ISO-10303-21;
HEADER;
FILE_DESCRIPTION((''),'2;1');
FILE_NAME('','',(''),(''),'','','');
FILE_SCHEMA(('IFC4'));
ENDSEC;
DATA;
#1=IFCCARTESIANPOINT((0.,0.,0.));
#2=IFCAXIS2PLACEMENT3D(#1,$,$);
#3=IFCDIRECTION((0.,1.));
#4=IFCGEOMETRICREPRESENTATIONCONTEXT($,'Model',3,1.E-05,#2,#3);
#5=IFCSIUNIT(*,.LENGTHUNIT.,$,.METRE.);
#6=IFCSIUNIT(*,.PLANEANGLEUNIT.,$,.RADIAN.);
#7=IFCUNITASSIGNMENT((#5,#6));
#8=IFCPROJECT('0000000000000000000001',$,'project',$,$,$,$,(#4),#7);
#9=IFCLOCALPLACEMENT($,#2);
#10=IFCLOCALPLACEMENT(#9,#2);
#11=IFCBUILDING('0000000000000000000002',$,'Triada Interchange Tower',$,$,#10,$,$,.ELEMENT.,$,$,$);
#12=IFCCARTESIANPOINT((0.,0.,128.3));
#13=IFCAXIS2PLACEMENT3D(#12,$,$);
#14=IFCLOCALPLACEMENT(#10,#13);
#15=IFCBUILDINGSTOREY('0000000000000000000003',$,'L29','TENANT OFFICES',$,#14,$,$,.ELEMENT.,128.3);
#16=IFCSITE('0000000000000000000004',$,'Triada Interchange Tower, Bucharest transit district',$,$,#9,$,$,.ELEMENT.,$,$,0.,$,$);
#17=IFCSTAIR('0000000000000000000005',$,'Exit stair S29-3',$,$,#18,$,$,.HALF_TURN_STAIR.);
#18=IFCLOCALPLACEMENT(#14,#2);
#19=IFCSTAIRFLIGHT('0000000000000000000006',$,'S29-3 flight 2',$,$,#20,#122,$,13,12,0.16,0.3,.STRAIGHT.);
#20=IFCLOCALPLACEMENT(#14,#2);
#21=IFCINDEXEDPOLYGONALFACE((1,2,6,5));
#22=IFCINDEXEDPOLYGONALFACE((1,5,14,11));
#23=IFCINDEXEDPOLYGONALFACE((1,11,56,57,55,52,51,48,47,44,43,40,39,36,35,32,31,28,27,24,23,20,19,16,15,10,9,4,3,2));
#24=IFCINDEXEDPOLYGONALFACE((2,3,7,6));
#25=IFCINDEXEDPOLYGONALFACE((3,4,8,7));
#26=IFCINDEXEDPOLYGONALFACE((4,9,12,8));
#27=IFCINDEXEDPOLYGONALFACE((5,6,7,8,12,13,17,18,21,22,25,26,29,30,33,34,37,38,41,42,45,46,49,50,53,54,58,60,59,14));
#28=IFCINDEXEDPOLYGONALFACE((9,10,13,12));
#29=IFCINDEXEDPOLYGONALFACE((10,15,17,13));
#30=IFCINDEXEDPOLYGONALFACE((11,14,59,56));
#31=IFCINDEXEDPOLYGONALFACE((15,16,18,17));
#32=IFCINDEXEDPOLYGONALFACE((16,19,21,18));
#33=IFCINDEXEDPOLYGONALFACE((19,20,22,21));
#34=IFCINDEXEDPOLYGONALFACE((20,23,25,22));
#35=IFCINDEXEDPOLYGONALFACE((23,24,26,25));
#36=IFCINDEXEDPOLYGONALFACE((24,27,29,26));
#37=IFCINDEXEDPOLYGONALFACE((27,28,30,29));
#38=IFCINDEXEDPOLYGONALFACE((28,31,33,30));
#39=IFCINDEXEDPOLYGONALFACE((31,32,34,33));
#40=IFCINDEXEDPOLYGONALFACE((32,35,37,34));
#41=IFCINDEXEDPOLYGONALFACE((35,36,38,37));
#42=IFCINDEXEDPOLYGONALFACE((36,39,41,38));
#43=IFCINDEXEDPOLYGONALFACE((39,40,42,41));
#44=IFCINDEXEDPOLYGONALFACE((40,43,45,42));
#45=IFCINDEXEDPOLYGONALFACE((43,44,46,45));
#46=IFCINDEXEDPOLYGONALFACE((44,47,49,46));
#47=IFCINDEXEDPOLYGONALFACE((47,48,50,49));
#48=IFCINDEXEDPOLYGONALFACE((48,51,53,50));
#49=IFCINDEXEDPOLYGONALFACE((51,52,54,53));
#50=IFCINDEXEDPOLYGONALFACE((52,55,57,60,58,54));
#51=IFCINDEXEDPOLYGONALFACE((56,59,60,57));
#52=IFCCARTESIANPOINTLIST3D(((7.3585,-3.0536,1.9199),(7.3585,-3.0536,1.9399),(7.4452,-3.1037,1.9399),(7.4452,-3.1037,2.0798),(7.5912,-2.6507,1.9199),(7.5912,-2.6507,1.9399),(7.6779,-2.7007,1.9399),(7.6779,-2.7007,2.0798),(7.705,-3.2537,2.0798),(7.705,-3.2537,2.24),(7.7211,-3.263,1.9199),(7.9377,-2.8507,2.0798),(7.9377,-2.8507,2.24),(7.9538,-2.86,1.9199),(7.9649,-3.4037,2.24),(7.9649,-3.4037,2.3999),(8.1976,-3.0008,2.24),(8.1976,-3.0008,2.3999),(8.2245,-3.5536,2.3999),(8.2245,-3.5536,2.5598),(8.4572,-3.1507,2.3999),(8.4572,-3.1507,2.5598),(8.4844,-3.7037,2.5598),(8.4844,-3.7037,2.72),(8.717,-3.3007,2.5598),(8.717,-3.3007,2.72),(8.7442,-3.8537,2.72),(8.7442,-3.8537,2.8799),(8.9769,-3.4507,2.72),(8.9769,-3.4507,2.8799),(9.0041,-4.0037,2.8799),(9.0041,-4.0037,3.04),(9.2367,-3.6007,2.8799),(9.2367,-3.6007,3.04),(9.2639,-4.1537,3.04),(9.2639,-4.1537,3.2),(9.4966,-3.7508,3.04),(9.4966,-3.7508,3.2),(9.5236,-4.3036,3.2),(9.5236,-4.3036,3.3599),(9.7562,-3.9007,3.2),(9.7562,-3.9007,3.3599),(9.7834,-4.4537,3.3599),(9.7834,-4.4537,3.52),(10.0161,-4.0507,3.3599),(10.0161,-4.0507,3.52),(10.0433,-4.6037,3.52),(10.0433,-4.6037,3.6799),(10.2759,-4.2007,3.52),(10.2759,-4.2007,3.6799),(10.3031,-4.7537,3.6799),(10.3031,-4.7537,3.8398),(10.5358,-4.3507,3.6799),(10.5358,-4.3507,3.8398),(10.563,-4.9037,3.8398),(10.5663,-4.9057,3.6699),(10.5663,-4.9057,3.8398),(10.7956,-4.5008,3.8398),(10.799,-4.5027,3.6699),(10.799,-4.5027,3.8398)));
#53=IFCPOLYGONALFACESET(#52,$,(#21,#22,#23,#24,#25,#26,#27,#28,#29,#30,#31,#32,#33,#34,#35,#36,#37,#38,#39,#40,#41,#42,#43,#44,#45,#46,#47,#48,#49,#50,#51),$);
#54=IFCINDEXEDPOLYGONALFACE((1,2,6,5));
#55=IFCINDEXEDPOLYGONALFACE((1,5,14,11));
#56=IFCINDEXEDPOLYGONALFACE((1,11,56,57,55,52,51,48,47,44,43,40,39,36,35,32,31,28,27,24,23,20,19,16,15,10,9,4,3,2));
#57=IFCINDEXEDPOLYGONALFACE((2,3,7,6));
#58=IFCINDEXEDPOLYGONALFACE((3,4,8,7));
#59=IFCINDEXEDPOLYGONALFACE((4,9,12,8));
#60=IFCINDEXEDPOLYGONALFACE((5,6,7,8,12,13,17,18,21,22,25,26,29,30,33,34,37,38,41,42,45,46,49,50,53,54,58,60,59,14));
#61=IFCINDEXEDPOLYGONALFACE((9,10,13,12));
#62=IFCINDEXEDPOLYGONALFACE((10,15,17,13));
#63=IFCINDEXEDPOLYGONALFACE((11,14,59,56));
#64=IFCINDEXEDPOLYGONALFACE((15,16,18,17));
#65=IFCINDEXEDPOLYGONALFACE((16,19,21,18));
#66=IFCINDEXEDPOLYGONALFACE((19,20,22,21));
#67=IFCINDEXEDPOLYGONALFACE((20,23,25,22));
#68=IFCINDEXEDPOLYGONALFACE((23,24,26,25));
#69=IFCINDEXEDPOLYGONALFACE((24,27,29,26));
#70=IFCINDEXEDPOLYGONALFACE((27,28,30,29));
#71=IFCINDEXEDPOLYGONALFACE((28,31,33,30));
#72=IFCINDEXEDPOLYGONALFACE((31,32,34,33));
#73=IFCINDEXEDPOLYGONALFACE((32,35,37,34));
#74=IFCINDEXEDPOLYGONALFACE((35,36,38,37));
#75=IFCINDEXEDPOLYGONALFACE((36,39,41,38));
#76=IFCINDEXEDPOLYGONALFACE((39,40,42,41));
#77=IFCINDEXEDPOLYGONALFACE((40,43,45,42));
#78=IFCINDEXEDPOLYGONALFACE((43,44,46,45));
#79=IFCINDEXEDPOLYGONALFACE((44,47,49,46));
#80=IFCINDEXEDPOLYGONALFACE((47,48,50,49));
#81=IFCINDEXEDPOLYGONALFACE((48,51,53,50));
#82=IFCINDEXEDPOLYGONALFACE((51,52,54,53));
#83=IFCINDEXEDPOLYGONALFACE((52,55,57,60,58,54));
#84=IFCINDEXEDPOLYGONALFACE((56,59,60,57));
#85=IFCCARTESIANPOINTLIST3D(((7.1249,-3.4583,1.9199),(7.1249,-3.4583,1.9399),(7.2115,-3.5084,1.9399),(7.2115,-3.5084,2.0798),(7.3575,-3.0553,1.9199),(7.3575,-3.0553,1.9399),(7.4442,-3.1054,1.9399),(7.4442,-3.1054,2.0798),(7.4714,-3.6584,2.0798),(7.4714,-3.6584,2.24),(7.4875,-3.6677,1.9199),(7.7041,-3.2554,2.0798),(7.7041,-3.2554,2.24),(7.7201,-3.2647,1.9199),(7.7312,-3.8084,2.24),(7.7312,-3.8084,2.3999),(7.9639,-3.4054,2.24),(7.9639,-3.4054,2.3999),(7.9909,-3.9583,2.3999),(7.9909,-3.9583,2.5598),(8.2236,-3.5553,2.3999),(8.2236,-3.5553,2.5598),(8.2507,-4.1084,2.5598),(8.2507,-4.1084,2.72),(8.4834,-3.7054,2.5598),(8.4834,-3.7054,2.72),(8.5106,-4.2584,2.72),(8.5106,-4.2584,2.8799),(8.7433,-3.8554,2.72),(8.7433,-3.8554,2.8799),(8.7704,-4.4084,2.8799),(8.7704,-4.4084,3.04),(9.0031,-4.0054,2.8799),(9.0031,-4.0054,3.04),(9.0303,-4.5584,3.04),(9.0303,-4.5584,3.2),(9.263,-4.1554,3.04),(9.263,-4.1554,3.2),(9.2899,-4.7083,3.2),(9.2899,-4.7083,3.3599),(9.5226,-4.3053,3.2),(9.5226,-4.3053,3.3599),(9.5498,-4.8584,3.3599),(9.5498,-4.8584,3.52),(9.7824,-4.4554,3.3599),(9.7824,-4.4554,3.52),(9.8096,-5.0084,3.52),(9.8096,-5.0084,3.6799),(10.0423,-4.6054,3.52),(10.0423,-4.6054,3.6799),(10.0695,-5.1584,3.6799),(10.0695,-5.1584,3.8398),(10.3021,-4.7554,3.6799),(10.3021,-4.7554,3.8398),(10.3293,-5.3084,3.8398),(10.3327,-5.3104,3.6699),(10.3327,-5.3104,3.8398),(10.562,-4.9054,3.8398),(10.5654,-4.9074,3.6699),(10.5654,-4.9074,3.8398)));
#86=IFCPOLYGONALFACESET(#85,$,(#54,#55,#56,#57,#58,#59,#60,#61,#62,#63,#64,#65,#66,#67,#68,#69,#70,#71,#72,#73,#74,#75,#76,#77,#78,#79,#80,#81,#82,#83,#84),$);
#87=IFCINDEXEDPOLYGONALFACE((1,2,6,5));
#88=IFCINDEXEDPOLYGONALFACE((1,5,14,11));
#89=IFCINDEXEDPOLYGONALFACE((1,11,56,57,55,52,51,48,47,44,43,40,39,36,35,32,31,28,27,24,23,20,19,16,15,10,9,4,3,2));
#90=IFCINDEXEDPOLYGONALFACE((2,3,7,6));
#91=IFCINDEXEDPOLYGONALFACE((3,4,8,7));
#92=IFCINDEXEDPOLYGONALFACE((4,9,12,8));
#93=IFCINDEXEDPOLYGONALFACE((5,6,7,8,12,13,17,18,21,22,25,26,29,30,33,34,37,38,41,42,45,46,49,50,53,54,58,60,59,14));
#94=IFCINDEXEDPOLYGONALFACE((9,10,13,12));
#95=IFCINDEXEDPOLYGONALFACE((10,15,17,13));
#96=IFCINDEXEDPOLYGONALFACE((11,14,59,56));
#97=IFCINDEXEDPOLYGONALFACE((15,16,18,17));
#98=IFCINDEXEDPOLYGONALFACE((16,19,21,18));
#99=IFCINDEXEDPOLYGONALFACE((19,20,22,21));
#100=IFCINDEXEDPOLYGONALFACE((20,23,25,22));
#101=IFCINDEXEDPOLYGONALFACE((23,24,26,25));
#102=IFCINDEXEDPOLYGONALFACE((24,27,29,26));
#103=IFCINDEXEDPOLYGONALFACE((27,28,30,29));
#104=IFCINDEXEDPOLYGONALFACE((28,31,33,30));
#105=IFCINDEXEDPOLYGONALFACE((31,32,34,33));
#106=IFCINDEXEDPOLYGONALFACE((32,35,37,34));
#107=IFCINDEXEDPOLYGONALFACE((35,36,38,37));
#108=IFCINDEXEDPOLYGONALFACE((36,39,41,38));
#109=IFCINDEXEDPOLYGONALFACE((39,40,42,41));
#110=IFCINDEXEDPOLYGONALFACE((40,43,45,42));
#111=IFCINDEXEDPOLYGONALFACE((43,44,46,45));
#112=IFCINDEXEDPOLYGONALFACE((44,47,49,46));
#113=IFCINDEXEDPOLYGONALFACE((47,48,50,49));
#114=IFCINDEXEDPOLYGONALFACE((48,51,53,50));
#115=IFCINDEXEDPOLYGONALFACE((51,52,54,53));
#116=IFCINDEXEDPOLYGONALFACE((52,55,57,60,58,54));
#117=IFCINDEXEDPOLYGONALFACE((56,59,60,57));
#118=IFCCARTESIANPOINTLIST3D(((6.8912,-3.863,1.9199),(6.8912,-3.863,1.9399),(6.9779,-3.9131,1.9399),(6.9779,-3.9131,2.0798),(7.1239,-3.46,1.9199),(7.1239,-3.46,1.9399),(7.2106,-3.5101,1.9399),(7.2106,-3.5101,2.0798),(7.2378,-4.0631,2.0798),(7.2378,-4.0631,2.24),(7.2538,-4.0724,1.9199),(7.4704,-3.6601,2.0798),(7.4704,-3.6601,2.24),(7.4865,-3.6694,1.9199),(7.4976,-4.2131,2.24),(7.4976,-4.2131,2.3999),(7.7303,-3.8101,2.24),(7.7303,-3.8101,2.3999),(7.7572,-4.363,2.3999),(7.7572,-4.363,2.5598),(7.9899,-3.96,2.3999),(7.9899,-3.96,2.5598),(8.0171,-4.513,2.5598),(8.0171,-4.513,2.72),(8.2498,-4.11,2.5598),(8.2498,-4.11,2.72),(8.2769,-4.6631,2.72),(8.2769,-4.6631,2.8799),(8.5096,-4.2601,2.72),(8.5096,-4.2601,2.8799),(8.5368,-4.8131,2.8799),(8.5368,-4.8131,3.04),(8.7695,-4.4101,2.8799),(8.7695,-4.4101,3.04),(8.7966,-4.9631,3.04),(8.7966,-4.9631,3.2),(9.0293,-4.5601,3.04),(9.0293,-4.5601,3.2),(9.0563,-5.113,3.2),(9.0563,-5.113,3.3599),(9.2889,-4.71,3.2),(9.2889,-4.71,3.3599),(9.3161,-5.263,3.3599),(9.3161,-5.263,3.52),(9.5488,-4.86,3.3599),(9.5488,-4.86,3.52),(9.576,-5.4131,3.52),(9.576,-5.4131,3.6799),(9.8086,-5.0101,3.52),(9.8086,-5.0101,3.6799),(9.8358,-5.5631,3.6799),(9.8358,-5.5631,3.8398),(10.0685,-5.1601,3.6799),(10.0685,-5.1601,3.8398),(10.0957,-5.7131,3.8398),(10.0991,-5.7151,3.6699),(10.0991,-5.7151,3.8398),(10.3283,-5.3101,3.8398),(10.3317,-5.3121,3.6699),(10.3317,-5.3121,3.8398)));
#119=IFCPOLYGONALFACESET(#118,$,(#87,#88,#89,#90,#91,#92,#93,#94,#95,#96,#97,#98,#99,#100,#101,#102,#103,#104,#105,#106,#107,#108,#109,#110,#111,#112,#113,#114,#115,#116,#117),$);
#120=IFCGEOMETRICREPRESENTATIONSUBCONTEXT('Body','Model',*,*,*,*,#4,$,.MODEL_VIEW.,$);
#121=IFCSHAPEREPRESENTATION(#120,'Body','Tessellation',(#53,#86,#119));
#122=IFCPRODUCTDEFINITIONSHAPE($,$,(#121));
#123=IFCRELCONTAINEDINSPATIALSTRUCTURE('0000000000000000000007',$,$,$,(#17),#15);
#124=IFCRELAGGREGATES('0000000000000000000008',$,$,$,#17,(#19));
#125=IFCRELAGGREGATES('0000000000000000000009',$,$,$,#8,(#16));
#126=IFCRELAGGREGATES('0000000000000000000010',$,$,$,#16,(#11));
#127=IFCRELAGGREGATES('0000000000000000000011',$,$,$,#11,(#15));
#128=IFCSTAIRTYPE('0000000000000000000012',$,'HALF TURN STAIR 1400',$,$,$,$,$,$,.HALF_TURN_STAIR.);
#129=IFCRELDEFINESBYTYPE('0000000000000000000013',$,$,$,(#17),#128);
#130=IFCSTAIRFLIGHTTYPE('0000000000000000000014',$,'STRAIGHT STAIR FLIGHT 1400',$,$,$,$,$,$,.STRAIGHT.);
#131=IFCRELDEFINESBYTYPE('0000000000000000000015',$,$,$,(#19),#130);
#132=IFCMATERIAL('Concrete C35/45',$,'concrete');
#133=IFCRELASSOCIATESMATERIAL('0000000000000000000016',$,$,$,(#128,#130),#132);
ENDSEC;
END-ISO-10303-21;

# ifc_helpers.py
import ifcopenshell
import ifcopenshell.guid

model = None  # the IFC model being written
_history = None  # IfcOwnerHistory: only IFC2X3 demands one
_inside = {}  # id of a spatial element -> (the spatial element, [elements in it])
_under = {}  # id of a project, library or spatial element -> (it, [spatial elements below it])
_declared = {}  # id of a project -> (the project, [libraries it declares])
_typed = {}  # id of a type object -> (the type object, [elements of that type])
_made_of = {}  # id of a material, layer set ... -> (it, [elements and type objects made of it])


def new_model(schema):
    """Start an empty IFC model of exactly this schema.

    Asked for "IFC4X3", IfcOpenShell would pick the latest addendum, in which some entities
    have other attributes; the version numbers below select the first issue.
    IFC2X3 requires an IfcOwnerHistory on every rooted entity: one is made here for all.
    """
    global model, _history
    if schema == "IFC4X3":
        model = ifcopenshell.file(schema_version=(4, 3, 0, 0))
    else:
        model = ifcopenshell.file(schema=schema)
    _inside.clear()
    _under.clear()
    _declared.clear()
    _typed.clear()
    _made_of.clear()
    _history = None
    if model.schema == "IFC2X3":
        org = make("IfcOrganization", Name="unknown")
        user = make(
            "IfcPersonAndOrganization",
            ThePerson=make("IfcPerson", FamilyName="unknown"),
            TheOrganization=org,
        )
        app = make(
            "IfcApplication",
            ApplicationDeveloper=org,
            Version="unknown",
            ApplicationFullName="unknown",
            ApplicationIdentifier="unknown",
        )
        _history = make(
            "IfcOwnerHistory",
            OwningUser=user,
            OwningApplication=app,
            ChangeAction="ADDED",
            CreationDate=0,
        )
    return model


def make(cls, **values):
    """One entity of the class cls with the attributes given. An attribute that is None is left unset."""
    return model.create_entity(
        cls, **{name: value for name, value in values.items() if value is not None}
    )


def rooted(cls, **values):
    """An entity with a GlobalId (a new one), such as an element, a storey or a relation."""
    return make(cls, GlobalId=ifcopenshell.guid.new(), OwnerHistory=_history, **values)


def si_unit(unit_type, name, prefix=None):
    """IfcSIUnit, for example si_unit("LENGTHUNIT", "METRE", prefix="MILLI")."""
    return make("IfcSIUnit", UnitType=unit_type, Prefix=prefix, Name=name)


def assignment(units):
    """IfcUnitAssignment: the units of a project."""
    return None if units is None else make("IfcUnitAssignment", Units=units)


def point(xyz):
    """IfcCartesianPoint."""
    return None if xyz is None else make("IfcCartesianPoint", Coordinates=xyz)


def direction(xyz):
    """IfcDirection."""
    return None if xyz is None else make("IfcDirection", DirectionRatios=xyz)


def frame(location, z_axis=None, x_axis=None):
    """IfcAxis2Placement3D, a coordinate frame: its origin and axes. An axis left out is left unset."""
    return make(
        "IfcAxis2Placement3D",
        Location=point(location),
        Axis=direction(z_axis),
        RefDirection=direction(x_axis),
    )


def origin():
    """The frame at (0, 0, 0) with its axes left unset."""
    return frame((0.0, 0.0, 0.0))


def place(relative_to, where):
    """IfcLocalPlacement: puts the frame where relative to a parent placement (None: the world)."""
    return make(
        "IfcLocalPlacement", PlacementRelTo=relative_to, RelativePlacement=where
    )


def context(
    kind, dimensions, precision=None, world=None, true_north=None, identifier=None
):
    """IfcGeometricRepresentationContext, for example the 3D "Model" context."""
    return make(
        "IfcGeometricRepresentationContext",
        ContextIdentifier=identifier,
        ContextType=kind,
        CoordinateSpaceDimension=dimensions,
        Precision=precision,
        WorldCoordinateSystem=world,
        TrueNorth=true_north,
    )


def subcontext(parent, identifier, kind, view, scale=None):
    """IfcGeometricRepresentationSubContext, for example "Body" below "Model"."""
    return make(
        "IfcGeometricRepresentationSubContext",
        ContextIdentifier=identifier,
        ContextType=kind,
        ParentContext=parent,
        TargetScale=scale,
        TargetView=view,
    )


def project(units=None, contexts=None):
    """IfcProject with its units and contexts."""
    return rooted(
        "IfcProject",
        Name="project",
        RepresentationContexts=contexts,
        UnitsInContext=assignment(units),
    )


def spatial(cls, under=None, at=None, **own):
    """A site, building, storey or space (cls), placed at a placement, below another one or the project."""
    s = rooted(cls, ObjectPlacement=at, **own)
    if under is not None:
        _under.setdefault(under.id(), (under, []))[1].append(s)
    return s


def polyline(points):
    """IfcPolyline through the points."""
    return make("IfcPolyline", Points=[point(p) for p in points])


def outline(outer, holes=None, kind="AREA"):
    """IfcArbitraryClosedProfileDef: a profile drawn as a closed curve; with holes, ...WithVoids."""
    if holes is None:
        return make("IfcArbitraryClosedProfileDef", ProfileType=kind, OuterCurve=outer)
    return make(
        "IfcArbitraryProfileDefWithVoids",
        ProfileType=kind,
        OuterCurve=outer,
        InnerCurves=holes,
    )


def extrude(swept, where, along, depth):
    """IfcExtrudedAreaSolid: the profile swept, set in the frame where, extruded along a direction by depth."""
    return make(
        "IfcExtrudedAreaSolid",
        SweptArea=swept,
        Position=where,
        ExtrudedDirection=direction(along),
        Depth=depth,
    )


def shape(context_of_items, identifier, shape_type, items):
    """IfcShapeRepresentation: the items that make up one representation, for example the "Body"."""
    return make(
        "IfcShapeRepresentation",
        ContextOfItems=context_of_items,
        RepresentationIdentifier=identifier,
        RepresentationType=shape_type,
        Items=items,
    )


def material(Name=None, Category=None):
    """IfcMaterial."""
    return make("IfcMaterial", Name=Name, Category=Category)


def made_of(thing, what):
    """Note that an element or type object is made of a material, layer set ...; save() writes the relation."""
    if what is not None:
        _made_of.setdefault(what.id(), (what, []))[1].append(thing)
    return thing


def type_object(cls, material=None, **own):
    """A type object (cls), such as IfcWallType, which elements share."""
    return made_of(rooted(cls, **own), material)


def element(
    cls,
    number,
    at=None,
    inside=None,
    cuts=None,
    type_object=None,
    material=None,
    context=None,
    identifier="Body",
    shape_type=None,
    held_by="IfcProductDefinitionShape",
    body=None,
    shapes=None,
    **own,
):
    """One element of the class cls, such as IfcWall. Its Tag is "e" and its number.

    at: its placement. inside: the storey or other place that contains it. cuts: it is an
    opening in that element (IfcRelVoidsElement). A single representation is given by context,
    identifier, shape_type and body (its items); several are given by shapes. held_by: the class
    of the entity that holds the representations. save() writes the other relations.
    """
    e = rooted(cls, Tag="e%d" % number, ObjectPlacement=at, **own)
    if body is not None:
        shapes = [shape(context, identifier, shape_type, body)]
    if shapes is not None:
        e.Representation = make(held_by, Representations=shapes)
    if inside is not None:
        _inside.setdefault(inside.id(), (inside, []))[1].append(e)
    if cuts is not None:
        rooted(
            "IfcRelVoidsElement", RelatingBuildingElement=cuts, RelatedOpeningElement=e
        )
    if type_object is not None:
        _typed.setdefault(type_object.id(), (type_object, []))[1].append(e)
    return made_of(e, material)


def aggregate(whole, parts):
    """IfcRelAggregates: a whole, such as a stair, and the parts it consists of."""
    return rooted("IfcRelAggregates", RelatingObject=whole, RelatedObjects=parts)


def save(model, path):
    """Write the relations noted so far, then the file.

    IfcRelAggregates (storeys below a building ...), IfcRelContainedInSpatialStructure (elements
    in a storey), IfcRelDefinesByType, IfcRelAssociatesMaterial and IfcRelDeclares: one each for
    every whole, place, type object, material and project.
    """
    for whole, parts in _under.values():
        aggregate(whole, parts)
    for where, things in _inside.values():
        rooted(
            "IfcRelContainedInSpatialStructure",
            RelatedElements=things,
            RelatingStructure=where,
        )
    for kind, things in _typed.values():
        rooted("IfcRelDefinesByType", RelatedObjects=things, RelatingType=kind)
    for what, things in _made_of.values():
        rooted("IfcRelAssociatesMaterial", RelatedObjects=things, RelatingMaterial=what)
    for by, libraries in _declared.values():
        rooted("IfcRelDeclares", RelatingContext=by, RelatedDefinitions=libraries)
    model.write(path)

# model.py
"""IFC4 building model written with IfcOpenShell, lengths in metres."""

from ifc_helpers import new_model, si_unit, direction, frame, origin, place, context, subcontext, project, spatial, polyline, outline, extrude, material, type_object, element, aggregate, save


model = new_model("IFC4")

# Units and contexts
model_context = context("Model", 3, precision=1e-05, world=origin(), true_north=direction((0.0, 1.0)))
body_context = subcontext(model_context, "Body", "Model", "MODEL_VIEW")
ifc_project = project(units=[si_unit("LENGTHUNIT", "METRE"), si_unit("PLANEANGLEUNIT", "RADIAN")], contexts=[model_context])

# Site, building, storey
site_placement = place(None, origin())
site = spatial("IfcSite", under=ifc_project, at=site_placement, Name="Triada Interchange Tower, Bucharest transit district", CompositionType="ELEMENT", RefElevation=0.0)
building_placement = place(site_placement, origin())
building = spatial("IfcBuilding", under=site, at=building_placement, Name="Triada Interchange Tower", CompositionType="ELEMENT")
storey_placement = place(building_placement, frame((0.0, 0.0, 128.3)))
storey = spatial("IfcBuildingStorey", under=building, at=storey_placement, Name="L29", Description="TENANT OFFICES", CompositionType="ELEMENT", Elevation=128.3)

# Stair, stair flight
ifc_material_1 = material(Name="Concrete C35/45", Category="concrete")
stair_type = type_object("IfcStairType", Name="HALF TURN STAIR 1400", PredefinedType="HALF_TURN_STAIR", material=ifc_material_1)
stair_placement = place(storey_placement, origin())
stair = element("IfcStair", 1, at=stair_placement, inside=storey, type_object=stair_type, Name="Exit stair S29-3", PredefinedType="HALF_TURN_STAIR")
stair_flight_type = type_object("IfcStairFlightType", Name="STRAIGHT STAIR FLIGHT 1400", PredefinedType="STRAIGHT", material=ifc_material_1)
stair_flight_1_placement = place(storey_placement, frame((7.3279, -3.3069, 1.9199), z_axis=(0.0, 0.0, 1.0), x_axis=(0.866025, -0.5, 0.0)))
stair_flight_1 = element("IfcStairFlight", 2, at=stair_flight_1_placement, type_object=stair_flight_type, Name="S29-3 flight 2", NumberOfRisers=13, NumberOfTreads=12, PredefinedType="STRAIGHT", RiserHeight=0.16, TreadLength=0.3, context=body_context, shape_type="SweptSolid", body=[
    extrude(outline(polyline([(-0.1001, 0.0), (-0.1001, 0.02), (0.0, 0.02), (0.0, 0.1599), (0.3, 0.1599), (0.3, 0.3201), (0.6001, 0.3201), (0.6001, 0.48), (0.8999, 0.48), (0.8999, 0.6399), (1.2, 0.6399), (1.2, 0.8), (1.5, 0.8), (1.5, 0.96), (1.8, 0.96), (1.8, 1.1201), (2.1001, 1.1201), (2.1001, 1.28), (2.3999, 1.28), (2.3999, 1.4399), (2.7, 1.4399), (2.7, 1.6001), (3.0, 1.6001), (3.0, 1.76), (3.3, 1.76), (3.3, 1.9199), (3.6001, 1.9199), (3.604, 1.9199), (3.604, 2.0801), (3.604, 1.75), (0.3186, 0.0), (-0.1001, 0.0)])), frame((0.0, 0.7, 0.0), z_axis=(0.0, -1.0, 0.0), x_axis=(1.0, 0.0, 0.0)), (0.0, 0.0, 1.0), 0.4653),
    extrude(outline(polyline([(-0.1001, 0.0), (-0.1001, 0.02), (0.0, 0.02), (0.0, 0.1599), (0.3, 0.1599), (0.3, 0.3201), (0.6001, 0.3201), (0.6001, 0.48), (0.8999, 0.48), (0.8999, 0.6399), (1.2, 0.6399), (1.2, 0.8), (1.5, 0.8), (1.5, 0.96), (1.8, 0.96), (1.8, 1.1201), (2.1001, 1.1201), (2.1001, 1.28), (2.3999, 1.28), (2.3999, 1.4399), (2.7, 1.4399), (2.7, 1.6001), (3.0, 1.6001), (3.0, 1.76), (3.3, 1.76), (3.3, 1.9199), (3.6001, 1.9199), (3.604, 1.9199), (3.604, 2.0801), (3.604, 1.75), (0.3186, 0.0), (-0.1001, 0.0)])), frame((0.0, 0.2327, 0.0), z_axis=(0.0, -1.0, 0.0), x_axis=(1.0, 0.0, 0.0)), (0.0, 0.0, 1.0), 0.4653),
    extrude(outline(polyline([(-0.1001, 0.0), (-0.1001, 0.02), (0.0, 0.02), (0.0, 0.1599), (0.3, 0.1599), (0.3, 0.3201), (0.6001, 0.3201), (0.6001, 0.48), (0.8999, 0.48), (0.8999, 0.6399), (1.2, 0.6399), (1.2, 0.8), (1.5, 0.8), (1.5, 0.96), (1.8, 0.96), (1.8, 1.1201), (2.1001, 1.1201), (2.1001, 1.28), (2.3999, 1.28), (2.3999, 1.4399), (2.7, 1.4399), (2.7, 1.6001), (3.0, 1.6001), (3.0, 1.76), (3.3, 1.76), (3.3, 1.9199), (3.6001, 1.9199), (3.604, 1.9199), (3.604, 2.0801), (3.604, 1.75), (0.3186, 0.0), (-0.1001, 0.0)])), frame((0.0, -0.2346, 0.0), z_axis=(0.0, -1.0, 0.0), x_axis=(1.0, 0.0, 0.0)), (0.0, 0.0, 1.0), 0.4653),
])
aggregate(stair, [stair_flight_1])

save(model, "model.ifc")
